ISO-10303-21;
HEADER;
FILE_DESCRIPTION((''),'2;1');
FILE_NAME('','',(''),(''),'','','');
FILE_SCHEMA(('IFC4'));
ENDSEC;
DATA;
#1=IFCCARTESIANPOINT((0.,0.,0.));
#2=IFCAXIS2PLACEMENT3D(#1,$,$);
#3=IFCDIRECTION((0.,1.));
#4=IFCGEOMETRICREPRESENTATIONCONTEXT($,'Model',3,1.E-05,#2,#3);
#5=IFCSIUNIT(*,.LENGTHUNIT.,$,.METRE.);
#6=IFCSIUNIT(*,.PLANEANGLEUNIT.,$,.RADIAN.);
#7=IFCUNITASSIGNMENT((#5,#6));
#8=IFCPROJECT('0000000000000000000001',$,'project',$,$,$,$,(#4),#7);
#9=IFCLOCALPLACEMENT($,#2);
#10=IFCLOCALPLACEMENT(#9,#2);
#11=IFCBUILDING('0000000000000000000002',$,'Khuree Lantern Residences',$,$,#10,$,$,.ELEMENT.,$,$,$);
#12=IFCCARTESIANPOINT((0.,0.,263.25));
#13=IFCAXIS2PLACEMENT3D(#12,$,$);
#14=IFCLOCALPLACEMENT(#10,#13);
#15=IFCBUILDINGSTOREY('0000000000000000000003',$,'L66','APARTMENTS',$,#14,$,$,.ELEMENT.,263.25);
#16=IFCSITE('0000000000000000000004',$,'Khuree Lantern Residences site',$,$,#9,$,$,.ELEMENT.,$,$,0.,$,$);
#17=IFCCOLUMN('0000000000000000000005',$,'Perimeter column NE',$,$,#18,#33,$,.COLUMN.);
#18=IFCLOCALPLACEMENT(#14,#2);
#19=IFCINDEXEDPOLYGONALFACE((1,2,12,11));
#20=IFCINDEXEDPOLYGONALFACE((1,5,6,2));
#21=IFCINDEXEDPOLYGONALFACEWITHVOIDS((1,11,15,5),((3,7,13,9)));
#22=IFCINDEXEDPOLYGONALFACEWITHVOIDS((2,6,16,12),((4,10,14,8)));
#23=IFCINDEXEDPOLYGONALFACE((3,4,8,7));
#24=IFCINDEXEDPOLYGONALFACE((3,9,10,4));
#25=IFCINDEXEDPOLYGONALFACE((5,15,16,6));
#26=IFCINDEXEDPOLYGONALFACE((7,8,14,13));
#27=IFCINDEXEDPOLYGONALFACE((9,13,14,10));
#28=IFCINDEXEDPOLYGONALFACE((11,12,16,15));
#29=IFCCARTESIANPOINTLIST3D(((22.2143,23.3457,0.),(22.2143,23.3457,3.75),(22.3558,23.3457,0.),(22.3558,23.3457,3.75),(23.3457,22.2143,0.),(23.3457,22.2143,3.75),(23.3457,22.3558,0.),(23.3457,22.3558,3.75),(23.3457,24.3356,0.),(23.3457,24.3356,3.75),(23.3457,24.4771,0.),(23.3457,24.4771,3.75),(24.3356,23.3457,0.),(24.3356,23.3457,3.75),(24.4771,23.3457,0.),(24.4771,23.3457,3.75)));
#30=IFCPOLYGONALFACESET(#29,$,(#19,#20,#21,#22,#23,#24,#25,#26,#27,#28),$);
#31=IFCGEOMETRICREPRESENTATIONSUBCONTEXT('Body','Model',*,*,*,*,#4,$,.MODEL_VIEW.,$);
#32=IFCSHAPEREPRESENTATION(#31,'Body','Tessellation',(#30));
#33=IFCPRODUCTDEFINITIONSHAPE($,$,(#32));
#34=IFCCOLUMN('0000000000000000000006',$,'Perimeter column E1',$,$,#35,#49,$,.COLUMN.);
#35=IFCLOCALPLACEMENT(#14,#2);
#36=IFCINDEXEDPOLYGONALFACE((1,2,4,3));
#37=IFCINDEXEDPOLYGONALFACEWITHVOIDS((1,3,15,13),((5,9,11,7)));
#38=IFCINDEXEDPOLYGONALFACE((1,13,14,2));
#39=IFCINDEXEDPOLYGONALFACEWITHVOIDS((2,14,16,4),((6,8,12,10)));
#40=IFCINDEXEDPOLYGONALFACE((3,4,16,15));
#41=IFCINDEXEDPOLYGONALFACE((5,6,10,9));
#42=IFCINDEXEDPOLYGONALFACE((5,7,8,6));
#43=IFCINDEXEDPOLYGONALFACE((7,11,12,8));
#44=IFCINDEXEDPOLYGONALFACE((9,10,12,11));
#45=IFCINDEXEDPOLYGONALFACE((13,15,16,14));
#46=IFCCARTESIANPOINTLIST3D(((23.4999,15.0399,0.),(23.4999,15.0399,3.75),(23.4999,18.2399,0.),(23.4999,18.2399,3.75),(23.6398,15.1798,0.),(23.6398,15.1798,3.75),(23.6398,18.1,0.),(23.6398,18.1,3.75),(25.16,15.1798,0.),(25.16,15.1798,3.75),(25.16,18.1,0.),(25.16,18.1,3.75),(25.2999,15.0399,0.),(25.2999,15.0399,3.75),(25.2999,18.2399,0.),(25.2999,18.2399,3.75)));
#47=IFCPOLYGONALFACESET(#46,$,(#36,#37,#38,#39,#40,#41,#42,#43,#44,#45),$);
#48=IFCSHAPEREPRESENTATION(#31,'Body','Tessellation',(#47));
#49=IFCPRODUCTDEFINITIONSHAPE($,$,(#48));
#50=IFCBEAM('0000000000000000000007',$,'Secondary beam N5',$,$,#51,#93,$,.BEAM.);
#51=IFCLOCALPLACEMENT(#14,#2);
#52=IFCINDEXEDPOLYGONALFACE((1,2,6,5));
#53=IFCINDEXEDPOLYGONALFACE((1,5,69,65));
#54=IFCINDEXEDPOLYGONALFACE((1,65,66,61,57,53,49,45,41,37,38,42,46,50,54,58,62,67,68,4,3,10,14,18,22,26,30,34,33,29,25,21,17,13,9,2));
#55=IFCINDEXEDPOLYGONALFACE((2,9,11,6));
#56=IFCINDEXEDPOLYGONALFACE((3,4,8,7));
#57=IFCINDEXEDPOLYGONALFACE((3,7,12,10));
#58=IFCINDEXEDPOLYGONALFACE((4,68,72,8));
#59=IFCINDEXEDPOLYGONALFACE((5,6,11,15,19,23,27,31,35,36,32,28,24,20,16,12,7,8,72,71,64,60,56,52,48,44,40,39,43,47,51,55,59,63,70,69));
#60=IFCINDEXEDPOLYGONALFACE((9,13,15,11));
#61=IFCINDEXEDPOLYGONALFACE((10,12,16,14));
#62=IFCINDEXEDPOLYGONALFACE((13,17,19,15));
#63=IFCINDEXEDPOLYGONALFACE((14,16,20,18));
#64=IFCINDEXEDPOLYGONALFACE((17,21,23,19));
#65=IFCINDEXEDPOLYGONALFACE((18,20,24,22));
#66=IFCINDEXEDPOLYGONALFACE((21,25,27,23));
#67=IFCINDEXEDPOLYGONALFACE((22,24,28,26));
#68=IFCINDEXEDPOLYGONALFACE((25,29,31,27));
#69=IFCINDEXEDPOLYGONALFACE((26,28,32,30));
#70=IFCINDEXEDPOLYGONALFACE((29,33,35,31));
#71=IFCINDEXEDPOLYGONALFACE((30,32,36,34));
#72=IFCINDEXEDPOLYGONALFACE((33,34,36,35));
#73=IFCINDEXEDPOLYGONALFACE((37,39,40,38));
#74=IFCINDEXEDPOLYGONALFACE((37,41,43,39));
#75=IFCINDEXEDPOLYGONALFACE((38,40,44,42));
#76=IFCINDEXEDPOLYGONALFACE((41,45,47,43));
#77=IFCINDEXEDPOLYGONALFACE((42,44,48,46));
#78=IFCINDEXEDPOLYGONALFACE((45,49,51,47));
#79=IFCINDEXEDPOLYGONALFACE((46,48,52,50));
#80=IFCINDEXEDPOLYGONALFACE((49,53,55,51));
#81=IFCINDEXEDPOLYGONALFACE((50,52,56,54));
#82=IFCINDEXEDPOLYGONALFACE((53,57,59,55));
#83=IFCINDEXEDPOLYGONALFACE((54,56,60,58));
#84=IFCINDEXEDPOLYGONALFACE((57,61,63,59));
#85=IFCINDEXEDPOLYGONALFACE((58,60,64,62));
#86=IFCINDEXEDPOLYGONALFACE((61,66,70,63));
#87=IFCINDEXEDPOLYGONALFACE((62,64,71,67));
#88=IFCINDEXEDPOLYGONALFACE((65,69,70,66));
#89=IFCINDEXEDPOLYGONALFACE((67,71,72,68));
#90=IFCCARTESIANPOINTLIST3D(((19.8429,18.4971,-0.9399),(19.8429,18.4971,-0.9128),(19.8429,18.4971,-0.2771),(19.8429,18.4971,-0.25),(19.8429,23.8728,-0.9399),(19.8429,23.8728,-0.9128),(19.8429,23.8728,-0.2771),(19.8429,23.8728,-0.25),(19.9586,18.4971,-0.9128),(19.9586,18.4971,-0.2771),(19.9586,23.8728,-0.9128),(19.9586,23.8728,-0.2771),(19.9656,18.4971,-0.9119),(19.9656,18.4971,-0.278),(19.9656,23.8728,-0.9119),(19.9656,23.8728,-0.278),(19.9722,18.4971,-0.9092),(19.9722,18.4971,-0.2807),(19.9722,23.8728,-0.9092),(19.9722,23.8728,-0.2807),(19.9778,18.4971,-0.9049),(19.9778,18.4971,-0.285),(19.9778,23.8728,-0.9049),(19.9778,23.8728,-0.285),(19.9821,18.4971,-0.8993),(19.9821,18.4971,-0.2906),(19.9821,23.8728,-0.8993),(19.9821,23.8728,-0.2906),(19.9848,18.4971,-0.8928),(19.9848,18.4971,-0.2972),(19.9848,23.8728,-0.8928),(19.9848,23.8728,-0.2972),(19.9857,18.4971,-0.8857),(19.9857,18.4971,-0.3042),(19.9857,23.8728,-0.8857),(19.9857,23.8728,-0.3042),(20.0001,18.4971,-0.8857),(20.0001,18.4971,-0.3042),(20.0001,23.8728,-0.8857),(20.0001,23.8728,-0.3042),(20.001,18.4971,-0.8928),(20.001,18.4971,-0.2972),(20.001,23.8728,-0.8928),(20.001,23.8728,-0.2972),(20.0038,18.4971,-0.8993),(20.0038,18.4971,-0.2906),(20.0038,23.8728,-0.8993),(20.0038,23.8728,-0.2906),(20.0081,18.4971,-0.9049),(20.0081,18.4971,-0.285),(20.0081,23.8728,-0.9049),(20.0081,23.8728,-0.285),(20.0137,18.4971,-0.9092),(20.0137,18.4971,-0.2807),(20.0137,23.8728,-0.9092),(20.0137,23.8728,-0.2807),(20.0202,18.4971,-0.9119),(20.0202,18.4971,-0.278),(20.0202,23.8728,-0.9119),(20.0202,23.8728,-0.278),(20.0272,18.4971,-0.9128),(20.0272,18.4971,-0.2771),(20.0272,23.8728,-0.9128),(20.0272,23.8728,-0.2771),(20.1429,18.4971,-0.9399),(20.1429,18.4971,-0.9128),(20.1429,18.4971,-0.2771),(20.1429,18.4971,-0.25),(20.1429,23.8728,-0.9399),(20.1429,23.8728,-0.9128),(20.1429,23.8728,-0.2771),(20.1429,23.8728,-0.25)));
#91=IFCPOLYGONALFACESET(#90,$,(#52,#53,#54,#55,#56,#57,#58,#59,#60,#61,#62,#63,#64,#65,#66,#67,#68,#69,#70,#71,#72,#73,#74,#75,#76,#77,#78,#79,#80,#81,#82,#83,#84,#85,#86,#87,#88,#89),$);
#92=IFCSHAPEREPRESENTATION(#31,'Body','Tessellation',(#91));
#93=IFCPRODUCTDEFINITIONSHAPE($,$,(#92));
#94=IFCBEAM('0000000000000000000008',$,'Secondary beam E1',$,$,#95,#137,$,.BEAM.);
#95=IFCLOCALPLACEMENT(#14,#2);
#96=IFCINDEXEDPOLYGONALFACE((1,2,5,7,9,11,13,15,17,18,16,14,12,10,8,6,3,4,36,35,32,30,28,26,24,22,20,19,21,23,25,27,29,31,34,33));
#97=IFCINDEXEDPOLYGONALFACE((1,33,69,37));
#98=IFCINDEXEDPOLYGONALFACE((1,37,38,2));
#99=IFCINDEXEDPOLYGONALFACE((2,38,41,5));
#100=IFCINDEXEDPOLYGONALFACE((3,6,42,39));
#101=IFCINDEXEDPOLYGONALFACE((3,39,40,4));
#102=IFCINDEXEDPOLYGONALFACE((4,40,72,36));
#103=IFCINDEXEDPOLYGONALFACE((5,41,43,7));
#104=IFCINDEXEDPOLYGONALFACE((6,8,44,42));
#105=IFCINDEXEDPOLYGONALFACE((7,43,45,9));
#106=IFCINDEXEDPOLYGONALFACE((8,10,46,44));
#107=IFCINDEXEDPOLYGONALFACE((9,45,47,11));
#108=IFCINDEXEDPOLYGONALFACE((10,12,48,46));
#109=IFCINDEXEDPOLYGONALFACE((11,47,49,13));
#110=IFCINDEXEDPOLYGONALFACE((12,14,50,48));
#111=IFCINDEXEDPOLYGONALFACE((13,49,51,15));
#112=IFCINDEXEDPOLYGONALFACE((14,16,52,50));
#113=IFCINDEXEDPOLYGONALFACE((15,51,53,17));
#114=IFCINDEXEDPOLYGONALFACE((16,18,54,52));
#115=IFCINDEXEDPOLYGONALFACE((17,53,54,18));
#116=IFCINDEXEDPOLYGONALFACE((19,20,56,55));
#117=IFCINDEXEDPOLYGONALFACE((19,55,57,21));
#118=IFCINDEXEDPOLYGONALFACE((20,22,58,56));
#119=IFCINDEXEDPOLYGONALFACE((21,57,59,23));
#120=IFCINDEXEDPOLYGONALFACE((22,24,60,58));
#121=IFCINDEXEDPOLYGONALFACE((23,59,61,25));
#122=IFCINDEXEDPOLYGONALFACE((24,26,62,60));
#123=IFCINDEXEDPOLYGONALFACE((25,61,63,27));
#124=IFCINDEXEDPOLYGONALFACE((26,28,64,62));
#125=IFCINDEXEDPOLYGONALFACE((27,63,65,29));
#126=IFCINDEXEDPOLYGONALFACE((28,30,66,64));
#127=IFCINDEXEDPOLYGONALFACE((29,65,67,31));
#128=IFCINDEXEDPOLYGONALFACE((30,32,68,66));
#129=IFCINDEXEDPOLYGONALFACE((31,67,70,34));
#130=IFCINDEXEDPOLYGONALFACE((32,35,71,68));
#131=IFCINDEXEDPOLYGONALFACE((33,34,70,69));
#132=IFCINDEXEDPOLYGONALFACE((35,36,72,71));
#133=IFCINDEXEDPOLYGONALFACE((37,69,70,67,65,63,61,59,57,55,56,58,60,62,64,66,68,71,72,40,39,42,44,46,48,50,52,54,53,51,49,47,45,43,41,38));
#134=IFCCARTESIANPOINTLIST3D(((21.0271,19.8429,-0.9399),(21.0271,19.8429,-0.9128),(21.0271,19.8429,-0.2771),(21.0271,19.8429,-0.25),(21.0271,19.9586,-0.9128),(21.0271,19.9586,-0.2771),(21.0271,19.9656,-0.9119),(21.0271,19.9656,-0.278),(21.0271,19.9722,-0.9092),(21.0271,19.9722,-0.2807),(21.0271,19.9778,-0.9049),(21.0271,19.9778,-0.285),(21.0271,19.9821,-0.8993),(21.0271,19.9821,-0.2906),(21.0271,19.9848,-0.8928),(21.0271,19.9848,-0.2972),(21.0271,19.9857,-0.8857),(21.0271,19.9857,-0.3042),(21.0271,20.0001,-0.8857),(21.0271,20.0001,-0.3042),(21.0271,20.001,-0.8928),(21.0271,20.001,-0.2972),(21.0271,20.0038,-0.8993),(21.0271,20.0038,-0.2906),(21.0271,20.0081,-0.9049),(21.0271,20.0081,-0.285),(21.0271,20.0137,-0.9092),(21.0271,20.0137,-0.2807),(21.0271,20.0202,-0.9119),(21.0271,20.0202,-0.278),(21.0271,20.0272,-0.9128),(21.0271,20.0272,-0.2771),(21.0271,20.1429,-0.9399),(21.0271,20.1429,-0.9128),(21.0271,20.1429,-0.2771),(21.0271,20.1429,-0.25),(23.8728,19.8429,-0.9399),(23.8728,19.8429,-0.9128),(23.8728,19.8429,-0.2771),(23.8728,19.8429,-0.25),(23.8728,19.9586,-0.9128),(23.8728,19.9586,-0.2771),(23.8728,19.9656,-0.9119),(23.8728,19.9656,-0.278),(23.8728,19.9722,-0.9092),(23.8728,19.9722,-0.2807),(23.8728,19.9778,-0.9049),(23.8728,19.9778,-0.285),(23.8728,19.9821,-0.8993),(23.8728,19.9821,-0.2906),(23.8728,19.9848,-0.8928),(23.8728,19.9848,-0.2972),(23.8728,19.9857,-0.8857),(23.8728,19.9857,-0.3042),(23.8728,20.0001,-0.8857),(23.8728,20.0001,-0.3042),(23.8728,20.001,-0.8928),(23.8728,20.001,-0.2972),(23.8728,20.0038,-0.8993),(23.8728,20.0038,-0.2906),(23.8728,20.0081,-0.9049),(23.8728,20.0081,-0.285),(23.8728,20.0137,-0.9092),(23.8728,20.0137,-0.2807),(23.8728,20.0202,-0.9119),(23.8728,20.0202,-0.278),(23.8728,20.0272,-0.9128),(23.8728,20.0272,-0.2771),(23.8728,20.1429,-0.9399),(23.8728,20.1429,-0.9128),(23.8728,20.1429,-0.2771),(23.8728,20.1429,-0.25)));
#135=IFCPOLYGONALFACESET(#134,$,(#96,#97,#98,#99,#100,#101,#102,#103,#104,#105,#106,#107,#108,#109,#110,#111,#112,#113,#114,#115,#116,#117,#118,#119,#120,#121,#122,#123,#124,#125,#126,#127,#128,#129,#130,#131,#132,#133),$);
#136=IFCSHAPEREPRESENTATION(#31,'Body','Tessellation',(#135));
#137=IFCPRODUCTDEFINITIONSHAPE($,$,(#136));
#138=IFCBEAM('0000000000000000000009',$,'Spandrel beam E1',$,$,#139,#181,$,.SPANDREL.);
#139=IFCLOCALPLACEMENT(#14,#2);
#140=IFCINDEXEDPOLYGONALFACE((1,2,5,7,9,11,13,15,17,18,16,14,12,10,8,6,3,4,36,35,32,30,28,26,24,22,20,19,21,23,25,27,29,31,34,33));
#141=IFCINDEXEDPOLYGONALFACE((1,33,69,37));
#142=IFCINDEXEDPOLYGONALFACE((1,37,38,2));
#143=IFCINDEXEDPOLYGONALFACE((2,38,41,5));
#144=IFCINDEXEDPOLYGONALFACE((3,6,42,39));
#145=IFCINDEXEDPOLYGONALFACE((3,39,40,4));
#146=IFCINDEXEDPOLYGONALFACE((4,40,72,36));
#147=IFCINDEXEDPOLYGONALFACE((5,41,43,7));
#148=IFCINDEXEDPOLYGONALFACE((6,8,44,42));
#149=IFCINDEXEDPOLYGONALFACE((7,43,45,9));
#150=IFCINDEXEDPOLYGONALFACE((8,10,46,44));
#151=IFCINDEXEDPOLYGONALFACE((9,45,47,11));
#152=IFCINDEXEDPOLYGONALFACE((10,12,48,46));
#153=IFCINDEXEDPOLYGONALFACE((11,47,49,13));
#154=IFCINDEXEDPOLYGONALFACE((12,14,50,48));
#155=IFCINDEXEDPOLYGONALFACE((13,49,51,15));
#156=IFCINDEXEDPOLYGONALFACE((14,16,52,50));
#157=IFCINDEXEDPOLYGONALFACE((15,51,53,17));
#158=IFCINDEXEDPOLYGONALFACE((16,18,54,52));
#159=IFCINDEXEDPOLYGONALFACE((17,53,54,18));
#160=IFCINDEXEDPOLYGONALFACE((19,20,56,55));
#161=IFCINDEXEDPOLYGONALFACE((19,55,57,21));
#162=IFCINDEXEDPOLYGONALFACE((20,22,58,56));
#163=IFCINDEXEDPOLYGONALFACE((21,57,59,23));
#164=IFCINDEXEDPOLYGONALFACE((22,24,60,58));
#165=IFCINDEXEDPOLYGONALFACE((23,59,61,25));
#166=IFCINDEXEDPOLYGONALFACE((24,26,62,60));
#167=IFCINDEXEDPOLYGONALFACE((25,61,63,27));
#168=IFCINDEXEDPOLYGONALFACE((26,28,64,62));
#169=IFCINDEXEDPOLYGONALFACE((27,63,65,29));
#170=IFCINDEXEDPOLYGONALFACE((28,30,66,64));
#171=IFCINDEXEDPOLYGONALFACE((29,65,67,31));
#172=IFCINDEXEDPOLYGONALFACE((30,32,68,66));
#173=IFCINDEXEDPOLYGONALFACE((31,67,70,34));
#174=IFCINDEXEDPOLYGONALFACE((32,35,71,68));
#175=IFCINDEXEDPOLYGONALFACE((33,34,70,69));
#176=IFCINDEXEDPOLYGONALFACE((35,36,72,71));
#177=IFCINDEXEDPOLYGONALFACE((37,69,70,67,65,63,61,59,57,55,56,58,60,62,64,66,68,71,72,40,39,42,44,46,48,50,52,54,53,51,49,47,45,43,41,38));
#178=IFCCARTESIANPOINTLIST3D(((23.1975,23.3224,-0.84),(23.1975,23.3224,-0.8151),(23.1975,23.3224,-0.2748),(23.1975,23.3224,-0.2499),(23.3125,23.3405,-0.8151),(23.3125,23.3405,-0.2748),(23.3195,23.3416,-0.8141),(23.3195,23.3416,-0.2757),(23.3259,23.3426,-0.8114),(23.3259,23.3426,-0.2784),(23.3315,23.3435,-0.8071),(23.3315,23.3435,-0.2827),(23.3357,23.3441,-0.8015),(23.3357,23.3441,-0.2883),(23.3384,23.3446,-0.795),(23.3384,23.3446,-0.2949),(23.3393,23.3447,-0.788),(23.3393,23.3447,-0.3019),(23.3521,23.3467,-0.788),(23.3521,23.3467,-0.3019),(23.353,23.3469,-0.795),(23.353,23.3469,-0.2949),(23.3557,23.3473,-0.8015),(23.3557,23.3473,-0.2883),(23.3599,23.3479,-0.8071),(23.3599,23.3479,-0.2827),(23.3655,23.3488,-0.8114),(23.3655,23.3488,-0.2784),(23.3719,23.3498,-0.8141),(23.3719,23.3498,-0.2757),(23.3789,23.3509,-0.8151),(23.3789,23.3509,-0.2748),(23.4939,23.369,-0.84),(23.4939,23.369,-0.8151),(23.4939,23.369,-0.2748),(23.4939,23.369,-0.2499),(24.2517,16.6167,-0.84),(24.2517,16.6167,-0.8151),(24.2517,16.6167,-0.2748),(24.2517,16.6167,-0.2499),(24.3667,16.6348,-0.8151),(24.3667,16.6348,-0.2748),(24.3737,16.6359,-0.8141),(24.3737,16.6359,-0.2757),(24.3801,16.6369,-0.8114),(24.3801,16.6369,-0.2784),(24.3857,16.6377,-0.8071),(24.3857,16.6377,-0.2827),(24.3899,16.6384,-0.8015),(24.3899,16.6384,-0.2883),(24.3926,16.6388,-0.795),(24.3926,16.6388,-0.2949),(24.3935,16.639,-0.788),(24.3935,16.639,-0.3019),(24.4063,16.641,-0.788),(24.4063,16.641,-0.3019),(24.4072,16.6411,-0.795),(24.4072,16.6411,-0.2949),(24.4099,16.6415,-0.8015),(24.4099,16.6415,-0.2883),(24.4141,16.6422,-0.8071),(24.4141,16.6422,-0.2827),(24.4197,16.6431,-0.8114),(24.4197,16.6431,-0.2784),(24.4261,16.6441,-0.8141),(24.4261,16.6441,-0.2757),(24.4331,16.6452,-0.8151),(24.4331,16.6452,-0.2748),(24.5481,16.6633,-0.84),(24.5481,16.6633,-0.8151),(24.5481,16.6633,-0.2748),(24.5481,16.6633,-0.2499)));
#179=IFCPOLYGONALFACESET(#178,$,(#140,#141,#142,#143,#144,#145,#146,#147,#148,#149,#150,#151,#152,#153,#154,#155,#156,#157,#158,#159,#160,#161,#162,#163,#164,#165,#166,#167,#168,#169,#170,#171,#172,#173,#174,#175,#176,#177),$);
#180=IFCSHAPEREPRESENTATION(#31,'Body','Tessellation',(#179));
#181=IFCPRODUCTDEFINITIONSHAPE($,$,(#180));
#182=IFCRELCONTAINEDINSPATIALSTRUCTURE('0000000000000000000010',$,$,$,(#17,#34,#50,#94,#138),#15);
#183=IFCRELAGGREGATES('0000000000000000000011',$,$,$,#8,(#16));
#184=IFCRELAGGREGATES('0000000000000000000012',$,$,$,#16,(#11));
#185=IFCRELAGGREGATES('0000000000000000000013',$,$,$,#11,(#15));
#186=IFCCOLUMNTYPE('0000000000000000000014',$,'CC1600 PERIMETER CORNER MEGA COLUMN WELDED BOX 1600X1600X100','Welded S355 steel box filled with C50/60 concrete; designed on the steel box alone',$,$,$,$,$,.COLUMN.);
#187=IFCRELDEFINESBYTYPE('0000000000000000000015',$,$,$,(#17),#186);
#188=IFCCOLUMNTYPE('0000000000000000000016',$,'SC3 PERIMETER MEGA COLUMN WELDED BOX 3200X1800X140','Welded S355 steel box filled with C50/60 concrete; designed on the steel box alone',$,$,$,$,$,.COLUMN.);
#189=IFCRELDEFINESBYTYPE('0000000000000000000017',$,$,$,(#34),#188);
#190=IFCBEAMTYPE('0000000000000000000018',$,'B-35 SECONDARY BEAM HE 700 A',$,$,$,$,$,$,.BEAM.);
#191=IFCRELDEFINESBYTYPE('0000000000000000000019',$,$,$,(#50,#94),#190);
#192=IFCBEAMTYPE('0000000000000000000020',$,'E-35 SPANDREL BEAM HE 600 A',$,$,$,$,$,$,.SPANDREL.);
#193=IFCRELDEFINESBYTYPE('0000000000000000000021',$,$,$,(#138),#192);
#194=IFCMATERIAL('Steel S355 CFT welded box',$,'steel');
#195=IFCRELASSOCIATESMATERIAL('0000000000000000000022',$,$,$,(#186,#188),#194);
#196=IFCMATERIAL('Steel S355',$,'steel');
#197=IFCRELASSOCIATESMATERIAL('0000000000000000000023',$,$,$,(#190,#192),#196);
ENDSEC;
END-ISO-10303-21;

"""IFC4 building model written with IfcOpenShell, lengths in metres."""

from ifc_helpers import new_model, si_unit, direction, frame, origin, origin_2d, place, context, subcontext, project, spatial, hollow_rectangle, i_section, extrude, material, material_profile, profile_set, type_object, element, save


model = new_model("IFC4")

# Units and contexts
model_context = context("Model", 3, precision=1e-05, world=origin(), true_north=direction((0.0, 1.0)))
body_context = subcontext(model_context, "Body", "Model", "MODEL_VIEW")
ifc_project = project(units=[si_unit("LENGTHUNIT", "METRE"), si_unit("PLANEANGLEUNIT", "RADIAN")], contexts=[model_context])

# Site, building, storey
site_placement = place(None, origin())
site = spatial("IfcSite", under=ifc_project, at=site_placement, Name="Khuree Lantern Residences site", CompositionType="ELEMENT", RefElevation=0.0)
building_placement = place(site_placement, origin())
building = spatial("IfcBuilding", under=site, at=building_placement, Name="Khuree Lantern Residences", CompositionType="ELEMENT")
storey_placement = place(building_placement, frame((0.0, 0.0, 263.25)))
storey = spatial("IfcBuildingStorey", under=building, at=storey_placement, Name="L66", Description="APARTMENTS", CompositionType="ELEMENT", Elevation=263.25)

# Columns
ifc_material_1 = material(Name="Steel S355 CFT welded box", Category="steel")
ifc_material_profile_1 = material_profile(ifc_material_1, hollow_rectangle(XDim=1.6001, YDim=1.6001, WallThickness=0.1001, at=origin_2d()), Name="WELDED BOX 1600X1600X100")
ifc_profile_set_1 = profile_set([ifc_material_profile_1], Name="Steel S355 CFT welded box")
column_type_1 = type_object("IfcColumnType", Name="CC1600 PERIMETER CORNER MEGA COLUMN WELDED BOX 1600X1600X100", Description="Welded S355 steel box filled with C50/60 concrete; designed on the steel box alone", PredefinedType="COLUMN", material=ifc_profile_set_1)
column_1_placement = place(storey_placement, frame((23.3457, 23.3457, 0.0), z_axis=(0.0, 0.0, 1.0), x_axis=(0.707107, -0.707107, 0.0)))
element("IfcColumn", 1, at=column_1_placement, inside=storey, type_object=column_type_1, Name="Perimeter column NE", PredefinedType="COLUMN", context=body_context, shape_type="SweptSolid", body=[
    extrude(hollow_rectangle(XDim=1.6001, YDim=1.6001, WallThickness=0.1001, at=origin_2d()), origin(), (0.0, 0.0, 1.0), 3.75),
])
ifc_material_profile_2 = material_profile(ifc_material_1, hollow_rectangle(XDim=3.2, YDim=1.8, WallThickness=0.1399, at=origin_2d()), Name="WELDED BOX 3200X1800X140")
ifc_profile_set_2 = profile_set([ifc_material_profile_2], Name="Steel S355 CFT welded box")
column_type_2 = type_object("IfcColumnType", Name="SC3 PERIMETER MEGA COLUMN WELDED BOX 3200X1800X140", Description="Welded S355 steel box filled with C50/60 concrete; designed on the steel box alone", PredefinedType="COLUMN", material=ifc_profile_set_2)
column_2_placement = place(storey_placement, frame((24.3999, 16.6399, 0.0), z_axis=(0.0, 0.0, 1.0), x_axis=(0.0, 1.0, 0.0)))
element("IfcColumn", 2, at=column_2_placement, inside=storey, type_object=column_type_2, Name="Perimeter column E1", PredefinedType="COLUMN", context=body_context, shape_type="SweptSolid", body=[
    extrude(hollow_rectangle(XDim=3.2, YDim=1.8, WallThickness=0.1399, at=origin_2d()), origin(), (0.0, 0.0, 1.0), 3.75),
])

# Beams
ifc_material_2 = material(Name="Steel S355", Category="steel")
ifc_material_profile_3 = material_profile(ifc_material_2, i_section(OverallWidth=0.3, OverallDepth=0.6899, WebThickness=0.0144, FlangeThickness=0.0271, FilletRadius=0.0271, at=origin_2d()), Name="HE 700 A")
ifc_profile_set_3 = profile_set([ifc_material_profile_3], Name="Steel S355")
beam_type_1 = type_object("IfcBeamType", Name="B-35 SECONDARY BEAM HE 700 A", PredefinedType="BEAM", material=ifc_profile_set_3)
beam_1_placement = place(storey_placement, frame((19.9929, 23.8728, -0.595), z_axis=(0.0, -1.0, 0.0), x_axis=(1.0, 0.0, 0.0)))
element("IfcBeam", 3, at=beam_1_placement, inside=storey, type_object=beam_type_1, Name="Secondary beam N5", PredefinedType="BEAM", context=body_context, shape_type="SweptSolid", body=[
    extrude(i_section(OverallWidth=0.3, OverallDepth=0.6899, WebThickness=0.0144, FlangeThickness=0.0271, FilletRadius=0.0271, at=origin_2d()), origin(), (0.0, 0.0, 1.0), 5.3757),
])
beam_2_placement = place(storey_placement, frame((23.8728, 19.9929, -0.595), z_axis=(-1.0, 0.0, 0.0), x_axis=(0.0, -1.0, 0.0)))
element("IfcBeam", 4, at=beam_2_placement, inside=storey, type_object=beam_type_1, Name="Secondary beam E1", PredefinedType="BEAM", context=body_context, shape_type="SweptSolid", body=[
    extrude(i_section(OverallWidth=0.3, OverallDepth=0.6899, WebThickness=0.0144, FlangeThickness=0.0271, FilletRadius=0.0271, at=origin_2d()), origin(), (0.0, 0.0, 1.0), 2.8457),
])
ifc_material_profile_4 = material_profile(ifc_material_2, i_section(OverallWidth=0.3, OverallDepth=0.5901, WebThickness=0.0129, FlangeThickness=0.0249, FilletRadius=0.0271, at=origin_2d()), Name="HE 600 A")
ifc_profile_set_4 = profile_set([ifc_material_profile_4], Name="Steel S355")
beam_type_2 = type_object("IfcBeamType", Name="E-35 SPANDREL BEAM HE 600 A", PredefinedType="SPANDREL", material=ifc_profile_set_4)
beam_3_placement = place(storey_placement, frame((23.3457, 23.3457, -0.5449), z_axis=(0.1553, -0.987867, 0.0), x_axis=(0.987867, 0.1553, 0.0)))
element("IfcBeam", 5, at=beam_3_placement, inside=storey, type_object=beam_type_2, Name="Spandrel beam E1", PredefinedType="SPANDREL", context=body_context, shape_type="SweptSolid", body=[
    extrude(i_section(OverallWidth=0.3, OverallDepth=0.5901, WebThickness=0.0129, FlangeThickness=0.0249, FilletRadius=0.0271, at=origin_2d()), origin(), (0.0, 0.0, 1.0), 6.7881),
])

save(model, "model.ifc")
